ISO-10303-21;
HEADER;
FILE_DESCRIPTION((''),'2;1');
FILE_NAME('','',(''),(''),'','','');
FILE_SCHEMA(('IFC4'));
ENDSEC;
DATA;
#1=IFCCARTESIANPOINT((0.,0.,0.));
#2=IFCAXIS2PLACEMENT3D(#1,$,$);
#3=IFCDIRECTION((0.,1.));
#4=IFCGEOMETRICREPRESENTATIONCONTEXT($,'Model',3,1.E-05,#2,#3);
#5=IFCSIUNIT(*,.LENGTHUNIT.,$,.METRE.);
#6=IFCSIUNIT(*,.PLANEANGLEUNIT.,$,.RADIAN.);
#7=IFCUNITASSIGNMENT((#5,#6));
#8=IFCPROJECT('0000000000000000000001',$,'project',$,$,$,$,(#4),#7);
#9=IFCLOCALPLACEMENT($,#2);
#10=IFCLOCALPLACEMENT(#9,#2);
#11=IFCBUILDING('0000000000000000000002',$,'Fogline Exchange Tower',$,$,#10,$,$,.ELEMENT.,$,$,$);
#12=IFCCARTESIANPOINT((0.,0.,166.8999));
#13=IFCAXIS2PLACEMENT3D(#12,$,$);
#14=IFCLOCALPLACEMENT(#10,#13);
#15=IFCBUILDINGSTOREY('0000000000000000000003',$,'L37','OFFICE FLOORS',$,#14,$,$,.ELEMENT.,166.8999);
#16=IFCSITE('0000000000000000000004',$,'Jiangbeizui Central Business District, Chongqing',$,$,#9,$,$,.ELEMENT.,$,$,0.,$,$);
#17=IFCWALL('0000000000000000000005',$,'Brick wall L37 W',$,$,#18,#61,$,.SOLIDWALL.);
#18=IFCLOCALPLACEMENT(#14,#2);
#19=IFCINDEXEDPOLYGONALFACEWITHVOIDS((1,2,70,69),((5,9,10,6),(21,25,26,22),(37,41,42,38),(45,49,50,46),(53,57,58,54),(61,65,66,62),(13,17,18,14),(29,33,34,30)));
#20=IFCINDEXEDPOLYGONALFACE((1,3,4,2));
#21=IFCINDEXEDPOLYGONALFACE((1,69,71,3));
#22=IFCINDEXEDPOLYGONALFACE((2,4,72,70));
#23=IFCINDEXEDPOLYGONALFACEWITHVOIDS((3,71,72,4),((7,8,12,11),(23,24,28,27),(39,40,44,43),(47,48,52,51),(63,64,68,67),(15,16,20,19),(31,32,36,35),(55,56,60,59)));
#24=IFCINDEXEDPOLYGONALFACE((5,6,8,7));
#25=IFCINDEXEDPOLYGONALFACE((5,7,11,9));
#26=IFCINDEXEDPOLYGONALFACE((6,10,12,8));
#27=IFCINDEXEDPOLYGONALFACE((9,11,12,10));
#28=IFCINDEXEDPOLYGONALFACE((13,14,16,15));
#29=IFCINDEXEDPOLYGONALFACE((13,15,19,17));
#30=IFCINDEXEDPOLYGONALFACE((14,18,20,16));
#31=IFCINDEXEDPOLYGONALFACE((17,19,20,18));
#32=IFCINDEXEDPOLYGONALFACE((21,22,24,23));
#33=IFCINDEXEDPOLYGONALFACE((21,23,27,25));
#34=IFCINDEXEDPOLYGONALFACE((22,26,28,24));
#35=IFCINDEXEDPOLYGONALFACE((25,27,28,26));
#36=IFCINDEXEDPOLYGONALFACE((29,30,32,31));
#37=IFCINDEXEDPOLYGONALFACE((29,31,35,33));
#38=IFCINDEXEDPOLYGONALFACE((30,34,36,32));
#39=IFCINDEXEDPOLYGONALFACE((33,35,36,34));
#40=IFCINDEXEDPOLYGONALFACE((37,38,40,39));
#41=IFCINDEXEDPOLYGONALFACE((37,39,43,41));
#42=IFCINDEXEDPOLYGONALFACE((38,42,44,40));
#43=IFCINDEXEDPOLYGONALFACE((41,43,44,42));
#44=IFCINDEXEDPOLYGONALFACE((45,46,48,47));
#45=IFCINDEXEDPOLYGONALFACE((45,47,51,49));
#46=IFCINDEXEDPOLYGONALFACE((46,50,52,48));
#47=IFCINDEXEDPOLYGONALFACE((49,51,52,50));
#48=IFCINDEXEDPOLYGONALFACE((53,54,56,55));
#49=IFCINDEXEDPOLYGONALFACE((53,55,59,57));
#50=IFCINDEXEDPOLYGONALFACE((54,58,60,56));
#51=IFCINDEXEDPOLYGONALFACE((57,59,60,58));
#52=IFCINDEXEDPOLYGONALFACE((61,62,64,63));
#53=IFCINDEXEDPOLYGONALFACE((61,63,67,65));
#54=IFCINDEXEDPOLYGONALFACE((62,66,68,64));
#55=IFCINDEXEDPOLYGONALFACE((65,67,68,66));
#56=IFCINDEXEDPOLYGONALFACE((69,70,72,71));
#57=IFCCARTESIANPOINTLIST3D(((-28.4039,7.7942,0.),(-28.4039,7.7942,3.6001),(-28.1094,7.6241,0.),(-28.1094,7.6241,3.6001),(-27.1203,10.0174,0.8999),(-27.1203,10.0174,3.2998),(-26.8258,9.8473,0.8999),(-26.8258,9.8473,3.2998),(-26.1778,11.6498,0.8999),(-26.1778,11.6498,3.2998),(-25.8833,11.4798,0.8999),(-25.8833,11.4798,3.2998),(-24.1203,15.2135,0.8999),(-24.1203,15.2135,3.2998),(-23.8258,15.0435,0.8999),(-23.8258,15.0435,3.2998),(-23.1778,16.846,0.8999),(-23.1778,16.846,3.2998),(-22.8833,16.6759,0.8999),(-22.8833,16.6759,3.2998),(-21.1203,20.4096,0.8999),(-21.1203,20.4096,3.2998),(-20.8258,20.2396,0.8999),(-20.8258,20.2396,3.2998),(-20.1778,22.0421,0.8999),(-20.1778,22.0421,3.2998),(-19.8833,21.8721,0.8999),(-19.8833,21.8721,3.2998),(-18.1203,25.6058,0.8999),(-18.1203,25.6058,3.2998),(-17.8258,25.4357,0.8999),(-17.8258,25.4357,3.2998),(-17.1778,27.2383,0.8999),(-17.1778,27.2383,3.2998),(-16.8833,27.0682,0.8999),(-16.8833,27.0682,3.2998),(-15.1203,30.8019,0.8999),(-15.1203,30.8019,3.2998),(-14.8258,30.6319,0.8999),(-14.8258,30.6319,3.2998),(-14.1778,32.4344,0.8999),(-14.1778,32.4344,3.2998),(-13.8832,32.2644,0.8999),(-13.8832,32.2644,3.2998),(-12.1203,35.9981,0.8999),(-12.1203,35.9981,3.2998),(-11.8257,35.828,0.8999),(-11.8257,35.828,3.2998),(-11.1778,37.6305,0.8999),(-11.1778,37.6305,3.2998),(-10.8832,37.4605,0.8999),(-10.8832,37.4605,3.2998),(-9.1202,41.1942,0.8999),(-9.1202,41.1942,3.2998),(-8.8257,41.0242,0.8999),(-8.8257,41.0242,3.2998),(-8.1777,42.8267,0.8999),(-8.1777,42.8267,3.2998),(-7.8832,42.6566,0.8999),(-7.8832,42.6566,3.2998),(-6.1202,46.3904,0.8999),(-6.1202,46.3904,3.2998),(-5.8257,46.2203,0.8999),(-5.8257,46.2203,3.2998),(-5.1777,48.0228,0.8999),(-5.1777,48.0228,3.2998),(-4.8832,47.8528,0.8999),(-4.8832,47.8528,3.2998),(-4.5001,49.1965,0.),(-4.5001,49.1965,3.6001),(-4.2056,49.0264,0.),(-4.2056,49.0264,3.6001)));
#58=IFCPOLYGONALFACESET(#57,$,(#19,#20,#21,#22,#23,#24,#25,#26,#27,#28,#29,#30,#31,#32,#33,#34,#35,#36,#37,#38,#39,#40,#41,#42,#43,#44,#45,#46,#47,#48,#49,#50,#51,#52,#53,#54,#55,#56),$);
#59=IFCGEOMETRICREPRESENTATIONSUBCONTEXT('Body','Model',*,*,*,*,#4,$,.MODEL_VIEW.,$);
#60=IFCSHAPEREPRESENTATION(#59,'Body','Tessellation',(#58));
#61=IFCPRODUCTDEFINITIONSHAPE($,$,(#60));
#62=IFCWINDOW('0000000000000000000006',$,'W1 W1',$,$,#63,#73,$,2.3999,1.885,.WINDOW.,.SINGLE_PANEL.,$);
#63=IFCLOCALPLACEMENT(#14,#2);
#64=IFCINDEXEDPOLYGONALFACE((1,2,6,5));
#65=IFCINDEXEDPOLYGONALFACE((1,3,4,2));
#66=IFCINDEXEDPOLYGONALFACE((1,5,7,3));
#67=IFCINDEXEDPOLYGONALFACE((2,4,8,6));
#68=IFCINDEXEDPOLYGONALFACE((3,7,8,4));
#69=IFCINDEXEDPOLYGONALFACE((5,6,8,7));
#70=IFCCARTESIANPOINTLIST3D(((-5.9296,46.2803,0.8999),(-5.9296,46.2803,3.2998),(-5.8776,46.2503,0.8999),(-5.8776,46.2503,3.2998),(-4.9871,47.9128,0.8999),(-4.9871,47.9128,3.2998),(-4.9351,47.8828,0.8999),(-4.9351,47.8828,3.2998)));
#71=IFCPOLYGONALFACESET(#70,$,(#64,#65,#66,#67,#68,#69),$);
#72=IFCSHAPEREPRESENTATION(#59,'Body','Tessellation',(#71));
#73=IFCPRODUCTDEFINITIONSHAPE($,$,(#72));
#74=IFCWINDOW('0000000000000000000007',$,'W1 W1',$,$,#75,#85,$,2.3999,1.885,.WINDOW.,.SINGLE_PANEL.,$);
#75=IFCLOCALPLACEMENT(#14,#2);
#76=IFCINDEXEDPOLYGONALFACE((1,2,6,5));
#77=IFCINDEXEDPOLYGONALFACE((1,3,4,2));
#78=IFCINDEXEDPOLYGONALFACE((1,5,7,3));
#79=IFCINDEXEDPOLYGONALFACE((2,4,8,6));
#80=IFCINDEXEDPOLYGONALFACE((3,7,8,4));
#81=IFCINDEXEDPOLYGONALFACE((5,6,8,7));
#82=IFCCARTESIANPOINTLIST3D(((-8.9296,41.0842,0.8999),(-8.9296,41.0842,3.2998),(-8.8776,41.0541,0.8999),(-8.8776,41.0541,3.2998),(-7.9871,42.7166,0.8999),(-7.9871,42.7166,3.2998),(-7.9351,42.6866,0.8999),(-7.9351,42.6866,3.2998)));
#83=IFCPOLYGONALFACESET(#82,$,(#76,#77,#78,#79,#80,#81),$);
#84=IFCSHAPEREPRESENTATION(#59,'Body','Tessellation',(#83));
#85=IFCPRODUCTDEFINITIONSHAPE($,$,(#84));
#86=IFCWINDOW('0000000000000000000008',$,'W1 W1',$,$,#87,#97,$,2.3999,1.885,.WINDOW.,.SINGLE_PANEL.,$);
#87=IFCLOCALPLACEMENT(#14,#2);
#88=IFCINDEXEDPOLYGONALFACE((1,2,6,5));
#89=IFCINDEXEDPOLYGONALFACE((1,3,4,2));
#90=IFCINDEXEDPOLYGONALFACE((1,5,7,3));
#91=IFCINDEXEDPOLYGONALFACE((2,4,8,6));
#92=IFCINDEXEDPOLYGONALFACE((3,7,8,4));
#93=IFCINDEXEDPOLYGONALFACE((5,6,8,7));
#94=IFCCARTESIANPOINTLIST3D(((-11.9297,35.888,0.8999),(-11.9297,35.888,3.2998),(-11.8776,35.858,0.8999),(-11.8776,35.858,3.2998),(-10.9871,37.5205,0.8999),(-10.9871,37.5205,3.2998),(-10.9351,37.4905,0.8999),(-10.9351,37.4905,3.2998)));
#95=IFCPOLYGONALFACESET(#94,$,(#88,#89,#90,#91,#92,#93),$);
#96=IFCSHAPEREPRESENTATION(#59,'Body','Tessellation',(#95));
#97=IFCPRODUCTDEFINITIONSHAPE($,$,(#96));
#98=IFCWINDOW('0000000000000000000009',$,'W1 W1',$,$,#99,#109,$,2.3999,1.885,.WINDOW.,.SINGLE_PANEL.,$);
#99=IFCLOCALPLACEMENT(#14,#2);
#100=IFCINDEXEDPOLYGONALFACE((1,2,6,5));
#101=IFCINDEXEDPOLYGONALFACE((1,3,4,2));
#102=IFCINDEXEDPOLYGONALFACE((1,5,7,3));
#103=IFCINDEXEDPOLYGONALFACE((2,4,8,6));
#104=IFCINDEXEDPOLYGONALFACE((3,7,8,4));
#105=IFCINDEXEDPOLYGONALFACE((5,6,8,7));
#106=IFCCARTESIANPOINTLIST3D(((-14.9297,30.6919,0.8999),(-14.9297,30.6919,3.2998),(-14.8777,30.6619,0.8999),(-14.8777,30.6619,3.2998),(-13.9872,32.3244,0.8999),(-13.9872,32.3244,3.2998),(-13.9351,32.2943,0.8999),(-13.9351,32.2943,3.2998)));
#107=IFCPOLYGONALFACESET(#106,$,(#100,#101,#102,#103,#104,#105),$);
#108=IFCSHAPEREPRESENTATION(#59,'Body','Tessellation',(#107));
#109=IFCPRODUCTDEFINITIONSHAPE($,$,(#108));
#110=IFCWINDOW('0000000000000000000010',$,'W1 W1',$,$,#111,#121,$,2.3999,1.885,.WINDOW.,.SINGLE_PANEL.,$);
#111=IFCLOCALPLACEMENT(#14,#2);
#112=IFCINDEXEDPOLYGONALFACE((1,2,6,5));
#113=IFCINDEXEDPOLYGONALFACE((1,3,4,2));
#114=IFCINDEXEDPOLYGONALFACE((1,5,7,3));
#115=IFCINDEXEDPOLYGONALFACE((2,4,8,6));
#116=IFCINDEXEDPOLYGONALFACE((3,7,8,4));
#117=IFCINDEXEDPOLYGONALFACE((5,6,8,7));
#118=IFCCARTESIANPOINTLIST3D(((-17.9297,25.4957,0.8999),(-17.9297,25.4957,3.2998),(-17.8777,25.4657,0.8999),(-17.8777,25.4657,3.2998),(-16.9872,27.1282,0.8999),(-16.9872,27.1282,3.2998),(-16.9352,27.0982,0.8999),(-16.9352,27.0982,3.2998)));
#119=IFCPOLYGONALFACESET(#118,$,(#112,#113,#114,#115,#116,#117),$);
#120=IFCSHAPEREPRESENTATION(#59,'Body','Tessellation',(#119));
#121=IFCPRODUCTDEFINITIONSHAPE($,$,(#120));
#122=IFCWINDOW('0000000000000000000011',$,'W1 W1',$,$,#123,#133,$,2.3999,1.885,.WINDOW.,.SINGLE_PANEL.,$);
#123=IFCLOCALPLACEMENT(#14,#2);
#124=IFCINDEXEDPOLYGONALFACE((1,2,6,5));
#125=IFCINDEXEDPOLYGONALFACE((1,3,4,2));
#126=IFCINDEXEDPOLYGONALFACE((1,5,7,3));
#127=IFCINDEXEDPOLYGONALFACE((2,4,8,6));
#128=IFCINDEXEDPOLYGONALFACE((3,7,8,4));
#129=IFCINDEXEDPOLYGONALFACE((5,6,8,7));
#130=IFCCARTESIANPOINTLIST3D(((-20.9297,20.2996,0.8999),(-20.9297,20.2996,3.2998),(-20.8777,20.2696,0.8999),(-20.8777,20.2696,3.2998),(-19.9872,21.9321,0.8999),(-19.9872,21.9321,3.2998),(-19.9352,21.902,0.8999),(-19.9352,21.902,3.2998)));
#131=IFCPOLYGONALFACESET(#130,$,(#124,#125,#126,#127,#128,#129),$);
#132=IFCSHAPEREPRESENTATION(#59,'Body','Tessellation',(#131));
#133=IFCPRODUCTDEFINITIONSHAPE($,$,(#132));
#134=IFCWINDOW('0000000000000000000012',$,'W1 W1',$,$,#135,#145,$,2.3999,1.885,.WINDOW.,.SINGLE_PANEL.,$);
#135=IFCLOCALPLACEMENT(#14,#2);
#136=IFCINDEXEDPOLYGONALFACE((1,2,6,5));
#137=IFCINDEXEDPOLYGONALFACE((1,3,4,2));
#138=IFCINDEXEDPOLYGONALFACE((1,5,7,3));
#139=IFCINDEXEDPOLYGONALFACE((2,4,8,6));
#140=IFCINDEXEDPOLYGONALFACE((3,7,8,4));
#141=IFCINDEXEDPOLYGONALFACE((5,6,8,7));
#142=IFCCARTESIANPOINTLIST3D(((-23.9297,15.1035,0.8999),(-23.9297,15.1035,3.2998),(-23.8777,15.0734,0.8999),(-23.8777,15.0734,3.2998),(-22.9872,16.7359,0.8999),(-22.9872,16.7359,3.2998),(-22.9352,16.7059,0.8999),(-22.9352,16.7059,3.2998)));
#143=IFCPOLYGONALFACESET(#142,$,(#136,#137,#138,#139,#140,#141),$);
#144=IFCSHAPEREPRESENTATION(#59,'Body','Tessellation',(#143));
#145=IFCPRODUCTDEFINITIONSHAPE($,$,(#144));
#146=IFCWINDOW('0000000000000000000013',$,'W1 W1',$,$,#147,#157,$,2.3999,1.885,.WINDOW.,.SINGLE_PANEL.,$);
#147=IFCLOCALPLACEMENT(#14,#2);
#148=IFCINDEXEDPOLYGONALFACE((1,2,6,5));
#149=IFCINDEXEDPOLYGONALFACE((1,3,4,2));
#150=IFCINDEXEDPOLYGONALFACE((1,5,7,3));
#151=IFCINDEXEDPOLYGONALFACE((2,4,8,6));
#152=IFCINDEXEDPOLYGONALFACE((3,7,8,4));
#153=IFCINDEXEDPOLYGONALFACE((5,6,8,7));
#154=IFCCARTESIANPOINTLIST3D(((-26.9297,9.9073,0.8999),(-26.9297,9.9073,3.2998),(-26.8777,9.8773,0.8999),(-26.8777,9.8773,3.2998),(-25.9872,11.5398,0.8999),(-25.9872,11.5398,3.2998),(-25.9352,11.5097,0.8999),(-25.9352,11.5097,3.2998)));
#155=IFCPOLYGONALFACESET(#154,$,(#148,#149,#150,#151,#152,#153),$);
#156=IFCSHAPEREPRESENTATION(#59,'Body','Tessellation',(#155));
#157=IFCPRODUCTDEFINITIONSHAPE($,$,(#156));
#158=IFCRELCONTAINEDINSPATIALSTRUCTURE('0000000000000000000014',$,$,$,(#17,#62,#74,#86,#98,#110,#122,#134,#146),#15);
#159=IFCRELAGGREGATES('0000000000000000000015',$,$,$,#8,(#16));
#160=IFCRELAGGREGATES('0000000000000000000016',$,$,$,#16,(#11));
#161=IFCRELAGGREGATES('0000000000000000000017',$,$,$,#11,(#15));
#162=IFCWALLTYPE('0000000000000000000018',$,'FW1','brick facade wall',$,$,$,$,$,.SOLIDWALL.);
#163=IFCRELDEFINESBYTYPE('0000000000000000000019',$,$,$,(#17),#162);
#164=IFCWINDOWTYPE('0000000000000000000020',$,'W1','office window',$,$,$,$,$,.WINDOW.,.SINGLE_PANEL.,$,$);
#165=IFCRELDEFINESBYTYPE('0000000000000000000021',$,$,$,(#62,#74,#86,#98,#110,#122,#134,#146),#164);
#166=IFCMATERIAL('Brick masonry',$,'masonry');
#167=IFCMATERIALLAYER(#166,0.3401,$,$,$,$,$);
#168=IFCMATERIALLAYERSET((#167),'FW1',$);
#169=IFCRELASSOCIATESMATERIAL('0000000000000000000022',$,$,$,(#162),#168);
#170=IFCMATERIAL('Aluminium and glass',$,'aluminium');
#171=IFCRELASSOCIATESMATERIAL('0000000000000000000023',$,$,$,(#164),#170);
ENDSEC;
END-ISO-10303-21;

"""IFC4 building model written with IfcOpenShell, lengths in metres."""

from ifc_helpers import new_model, si_unit, direction, frame, frame_2d, origin, place, context, subcontext, project, spatial, rectangle, extrude, material, layer, layer_set, type_object, element, fill, save


model = new_model("IFC4")

# Units and contexts
model_context = context("Model", 3, precision=1e-05, world=origin(), true_north=direction((0.0, 1.0)))
body_context = subcontext(model_context, "Body", "Model", "MODEL_VIEW")
ifc_project = project(units=[si_unit("LENGTHUNIT", "METRE"), si_unit("PLANEANGLEUNIT", "RADIAN")], contexts=[model_context])

# Site, building, storey
site_placement = place(None, origin())
site = spatial("IfcSite", under=ifc_project, at=site_placement, Name="Jiangbeizui Central Business District, Chongqing", CompositionType="ELEMENT", RefElevation=0.0)
building_placement = place(site_placement, origin())
building = spatial("IfcBuilding", under=site, at=building_placement, Name="Fogline Exchange Tower", CompositionType="ELEMENT")
storey_placement = place(building_placement, frame((0.0, 0.0, 166.8999)))
storey = spatial("IfcBuildingStorey", under=building, at=storey_placement, Name="L37", Description="OFFICE FLOORS", CompositionType="ELEMENT", Elevation=166.8999)

# Wall, openings, windows
ifc_material_1 = material(Name="Brick masonry", Category="masonry")
ifc_layer_1 = layer(ifc_material_1, 0.3401)
ifc_layer_set_1 = layer_set([ifc_layer_1], Name="FW1")
wall_type_1 = type_object("IfcWallType", Name="FW1", Description="brick facade wall", PredefinedType="SOLIDWALL", material=ifc_layer_set_1)
wall_1_placement = place(storey_placement, frame((-4.3528, 49.1116, 0.0), z_axis=(0.0, 0.0, 1.0), x_axis=(-0.500002, -0.866024, 0.0)))
wall_1 = element("IfcWall", 1, at=wall_1_placement, inside=storey, type_object=wall_type_1, Name="Brick wall L37 W", PredefinedType="SOLIDWALL", context=body_context, shape_type="SweptSolid", body=[
    extrude(rectangle(XDim=47.8074, YDim=0.3401, at=frame_2d((23.9038, 0.0))), origin(), (0.0, 0.0, 1.0), 3.6001),
])
opening_1_placement = place(wall_1_placement, frame((1.3555, 0.0, 0.8999)))
opening_1 = element("IfcOpeningElement", 2, at=opening_1_placement, cuts=wall_1, PredefinedType="OPENING", context=body_context, shape_type="SweptSolid", body=[
    extrude(rectangle(XDim=1.885, YDim=2.3999, at=frame_2d((0.9424, 1.2))), frame((0.0, 0.1802, 0.0), z_axis=(0.0, -1.0, 0.0), x_axis=(1.0, 0.0, 0.0)), (0.0, 0.0, 1.0), 0.3601),
])
opening_2_placement = place(wall_1_placement, frame((7.3555, 0.0, 0.8999)))
opening_2 = element("IfcOpeningElement", 3, at=opening_2_placement, cuts=wall_1, PredefinedType="OPENING", context=body_context, shape_type="SweptSolid", body=[
    extrude(rectangle(XDim=1.885, YDim=2.3999, at=frame_2d((0.9424, 1.2))), frame((0.0, 0.1802, 0.0), z_axis=(0.0, -1.0, 0.0), x_axis=(1.0, 0.0, 0.0)), (0.0, 0.0, 1.0), 0.3601),
])
opening_3_placement = place(wall_1_placement, frame((13.3555, 0.0, 0.8999)))
opening_3 = element("IfcOpeningElement", 4, at=opening_3_placement, cuts=wall_1, PredefinedType="OPENING", context=body_context, shape_type="SweptSolid", body=[
    extrude(rectangle(XDim=1.885, YDim=2.3999, at=frame_2d((0.9424, 1.2))), frame((0.0, 0.1802, 0.0), z_axis=(0.0, -1.0, 0.0), x_axis=(1.0, 0.0, 0.0)), (0.0, 0.0, 1.0), 0.3601),
])
opening_4_placement = place(wall_1_placement, frame((19.3555, 0.0, 0.8999)))
opening_4 = element("IfcOpeningElement", 5, at=opening_4_placement, cuts=wall_1, PredefinedType="OPENING", context=body_context, shape_type="SweptSolid", body=[
    extrude(rectangle(XDim=1.885, YDim=2.3999, at=frame_2d((0.9424, 1.2))), frame((0.0, 0.1802, 0.0), z_axis=(0.0, -1.0, 0.0), x_axis=(1.0, 0.0, 0.0)), (0.0, 0.0, 1.0), 0.3601),
])
opening_5_placement = place(wall_1_placement, frame((25.3555, 0.0, 0.8999)))
opening_5 = element("IfcOpeningElement", 6, at=opening_5_placement, cuts=wall_1, PredefinedType="OPENING", context=body_context, shape_type="SweptSolid", body=[
    extrude(rectangle(XDim=1.885, YDim=2.3999, at=frame_2d((0.9424, 1.2))), frame((0.0, 0.1802, 0.0), z_axis=(0.0, -1.0, 0.0), x_axis=(1.0, 0.0, 0.0)), (0.0, 0.0, 1.0), 0.3601),
])
opening_6_placement = place(wall_1_placement, frame((31.3555, 0.0, 0.8999)))
opening_6 = element("IfcOpeningElement", 7, at=opening_6_placement, cuts=wall_1, PredefinedType="OPENING", context=body_context, shape_type="SweptSolid", body=[
    extrude(rectangle(XDim=1.885, YDim=2.3999, at=frame_2d((0.9424, 1.2))), frame((0.0, 0.1802, 0.0), z_axis=(0.0, -1.0, 0.0), x_axis=(1.0, 0.0, 0.0)), (0.0, 0.0, 1.0), 0.3601),
])
opening_7_placement = place(wall_1_placement, frame((37.3555, 0.0, 0.8999)))
opening_7 = element("IfcOpeningElement", 8, at=opening_7_placement, cuts=wall_1, PredefinedType="OPENING", context=body_context, shape_type="SweptSolid", body=[
    extrude(rectangle(XDim=1.885, YDim=2.3999, at=frame_2d((0.9424, 1.2))), frame((0.0, 0.1802, 0.0), z_axis=(0.0, -1.0, 0.0), x_axis=(1.0, 0.0, 0.0)), (0.0, 0.0, 1.0), 0.3601),
])
opening_8_placement = place(wall_1_placement, frame((43.3555, 0.0, 0.8999)))
opening_8 = element("IfcOpeningElement", 9, at=opening_8_placement, cuts=wall_1, PredefinedType="OPENING", context=body_context, shape_type="SweptSolid", body=[
    extrude(rectangle(XDim=1.885, YDim=2.3999, at=frame_2d((0.9424, 1.2))), frame((0.0, 0.1802, 0.0), z_axis=(0.0, -1.0, 0.0), x_axis=(1.0, 0.0, 0.0)), (0.0, 0.0, 1.0), 0.3601),
])
ifc_material_2 = material(Name="Aluminium and glass", Category="aluminium")
window_type = type_object("IfcWindowType", Name="W1", Description="office window", PartitioningType="SINGLE_PANEL", PredefinedType="WINDOW", material=ifc_material_2)
window_1_placement = place(opening_1_placement, origin())
window_1 = element("IfcWindow", 10, at=window_1_placement, inside=storey, type_object=window_type, Name="W1 W1", OverallHeight=2.3999, OverallWidth=1.885, PartitioningType="SINGLE_PANEL", PredefinedType="WINDOW", context=body_context, shape_type="SweptSolid", body=[
    extrude(rectangle(XDim=1.885, YDim=2.3999, at=frame_2d((0.9424, 1.2))), frame((0.0, 0.1101, 0.0), z_axis=(0.0, -1.0, 0.0), x_axis=(1.0, 0.0, 0.0)), (0.0, 0.0, 1.0), 0.0601),
])
fill(opening_1, window_1)
window_2_placement = place(opening_2_placement, origin())
window_2 = element("IfcWindow", 11, at=window_2_placement, inside=storey, type_object=window_type, Name="W1 W1", OverallHeight=2.3999, OverallWidth=1.885, PartitioningType="SINGLE_PANEL", PredefinedType="WINDOW", context=body_context, shape_type="SweptSolid", body=[
    extrude(rectangle(XDim=1.885, YDim=2.3999, at=frame_2d((0.9424, 1.2))), frame((0.0, 0.1101, 0.0), z_axis=(0.0, -1.0, 0.0), x_axis=(1.0, 0.0, 0.0)), (0.0, 0.0, 1.0), 0.0601),
])
fill(opening_2, window_2)
window_3_placement = place(opening_3_placement, origin())
window_3 = element("IfcWindow", 12, at=window_3_placement, inside=storey, type_object=window_type, Name="W1 W1", OverallHeight=2.3999, OverallWidth=1.885, PartitioningType="SINGLE_PANEL", PredefinedType="WINDOW", context=body_context, shape_type="SweptSolid", body=[
    extrude(rectangle(XDim=1.885, YDim=2.3999, at=frame_2d((0.9424, 1.2))), frame((0.0, 0.1101, 0.0), z_axis=(0.0, -1.0, 0.0), x_axis=(1.0, 0.0, 0.0)), (0.0, 0.0, 1.0), 0.0601),
])
fill(opening_3, window_3)
window_4_placement = place(opening_4_placement, origin())
window_4 = element("IfcWindow", 13, at=window_4_placement, inside=storey, type_object=window_type, Name="W1 W1", OverallHeight=2.3999, OverallWidth=1.885, PartitioningType="SINGLE_PANEL", PredefinedType="WINDOW", context=body_context, shape_type="SweptSolid", body=[
    extrude(rectangle(XDim=1.885, YDim=2.3999, at=frame_2d((0.9424, 1.2))), frame((0.0, 0.1101, 0.0), z_axis=(0.0, -1.0, 0.0), x_axis=(1.0, 0.0, 0.0)), (0.0, 0.0, 1.0), 0.0601),
])
fill(opening_4, window_4)
window_5_placement = place(opening_5_placement, origin())
window_5 = element("IfcWindow", 14, at=window_5_placement, inside=storey, type_object=window_type, Name="W1 W1", OverallHeight=2.3999, OverallWidth=1.885, PartitioningType="SINGLE_PANEL", PredefinedType="WINDOW", context=body_context, shape_type="SweptSolid", body=[
    extrude(rectangle(XDim=1.885, YDim=2.3999, at=frame_2d((0.9424, 1.2))), frame((0.0, 0.1101, 0.0), z_axis=(0.0, -1.0, 0.0), x_axis=(1.0, 0.0, 0.0)), (0.0, 0.0, 1.0), 0.0601),
])
fill(opening_5, window_5)
window_6_placement = place(opening_6_placement, origin())
window_6 = element("IfcWindow", 15, at=window_6_placement, inside=storey, type_object=window_type, Name="W1 W1", OverallHeight=2.3999, OverallWidth=1.885, PartitioningType="SINGLE_PANEL", PredefinedType="WINDOW", context=body_context, shape_type="SweptSolid", body=[
    extrude(rectangle(XDim=1.885, YDim=2.3999, at=frame_2d((0.9424, 1.2))), frame((0.0, 0.1101, 0.0), z_axis=(0.0, -1.0, 0.0), x_axis=(1.0, 0.0, 0.0)), (0.0, 0.0, 1.0), 0.0601),
])
fill(opening_6, window_6)
window_7_placement = place(opening_7_placement, origin())
window_7 = element("IfcWindow", 16, at=window_7_placement, inside=storey, type_object=window_type, Name="W1 W1", OverallHeight=2.3999, OverallWidth=1.885, PartitioningType="SINGLE_PANEL", PredefinedType="WINDOW", context=body_context, shape_type="SweptSolid", body=[
    extrude(rectangle(XDim=1.885, YDim=2.3999, at=frame_2d((0.9424, 1.2))), frame((0.0, 0.1101, 0.0), z_axis=(0.0, -1.0, 0.0), x_axis=(1.0, 0.0, 0.0)), (0.0, 0.0, 1.0), 0.0601),
])
fill(opening_7, window_7)
window_8_placement = place(opening_8_placement, origin())
window_8 = element("IfcWindow", 17, at=window_8_placement, inside=storey, type_object=window_type, Name="W1 W1", OverallHeight=2.3999, OverallWidth=1.885, PartitioningType="SINGLE_PANEL", PredefinedType="WINDOW", context=body_context, shape_type="SweptSolid", body=[
    extrude(rectangle(XDim=1.885, YDim=2.3999, at=frame_2d((0.9424, 1.2))), frame((0.0, 0.1101, 0.0), z_axis=(0.0, -1.0, 0.0), x_axis=(1.0, 0.0, 0.0)), (0.0, 0.0, 1.0), 0.0601),
])
fill(opening_8, window_8)

save(model, "model.ifc")
